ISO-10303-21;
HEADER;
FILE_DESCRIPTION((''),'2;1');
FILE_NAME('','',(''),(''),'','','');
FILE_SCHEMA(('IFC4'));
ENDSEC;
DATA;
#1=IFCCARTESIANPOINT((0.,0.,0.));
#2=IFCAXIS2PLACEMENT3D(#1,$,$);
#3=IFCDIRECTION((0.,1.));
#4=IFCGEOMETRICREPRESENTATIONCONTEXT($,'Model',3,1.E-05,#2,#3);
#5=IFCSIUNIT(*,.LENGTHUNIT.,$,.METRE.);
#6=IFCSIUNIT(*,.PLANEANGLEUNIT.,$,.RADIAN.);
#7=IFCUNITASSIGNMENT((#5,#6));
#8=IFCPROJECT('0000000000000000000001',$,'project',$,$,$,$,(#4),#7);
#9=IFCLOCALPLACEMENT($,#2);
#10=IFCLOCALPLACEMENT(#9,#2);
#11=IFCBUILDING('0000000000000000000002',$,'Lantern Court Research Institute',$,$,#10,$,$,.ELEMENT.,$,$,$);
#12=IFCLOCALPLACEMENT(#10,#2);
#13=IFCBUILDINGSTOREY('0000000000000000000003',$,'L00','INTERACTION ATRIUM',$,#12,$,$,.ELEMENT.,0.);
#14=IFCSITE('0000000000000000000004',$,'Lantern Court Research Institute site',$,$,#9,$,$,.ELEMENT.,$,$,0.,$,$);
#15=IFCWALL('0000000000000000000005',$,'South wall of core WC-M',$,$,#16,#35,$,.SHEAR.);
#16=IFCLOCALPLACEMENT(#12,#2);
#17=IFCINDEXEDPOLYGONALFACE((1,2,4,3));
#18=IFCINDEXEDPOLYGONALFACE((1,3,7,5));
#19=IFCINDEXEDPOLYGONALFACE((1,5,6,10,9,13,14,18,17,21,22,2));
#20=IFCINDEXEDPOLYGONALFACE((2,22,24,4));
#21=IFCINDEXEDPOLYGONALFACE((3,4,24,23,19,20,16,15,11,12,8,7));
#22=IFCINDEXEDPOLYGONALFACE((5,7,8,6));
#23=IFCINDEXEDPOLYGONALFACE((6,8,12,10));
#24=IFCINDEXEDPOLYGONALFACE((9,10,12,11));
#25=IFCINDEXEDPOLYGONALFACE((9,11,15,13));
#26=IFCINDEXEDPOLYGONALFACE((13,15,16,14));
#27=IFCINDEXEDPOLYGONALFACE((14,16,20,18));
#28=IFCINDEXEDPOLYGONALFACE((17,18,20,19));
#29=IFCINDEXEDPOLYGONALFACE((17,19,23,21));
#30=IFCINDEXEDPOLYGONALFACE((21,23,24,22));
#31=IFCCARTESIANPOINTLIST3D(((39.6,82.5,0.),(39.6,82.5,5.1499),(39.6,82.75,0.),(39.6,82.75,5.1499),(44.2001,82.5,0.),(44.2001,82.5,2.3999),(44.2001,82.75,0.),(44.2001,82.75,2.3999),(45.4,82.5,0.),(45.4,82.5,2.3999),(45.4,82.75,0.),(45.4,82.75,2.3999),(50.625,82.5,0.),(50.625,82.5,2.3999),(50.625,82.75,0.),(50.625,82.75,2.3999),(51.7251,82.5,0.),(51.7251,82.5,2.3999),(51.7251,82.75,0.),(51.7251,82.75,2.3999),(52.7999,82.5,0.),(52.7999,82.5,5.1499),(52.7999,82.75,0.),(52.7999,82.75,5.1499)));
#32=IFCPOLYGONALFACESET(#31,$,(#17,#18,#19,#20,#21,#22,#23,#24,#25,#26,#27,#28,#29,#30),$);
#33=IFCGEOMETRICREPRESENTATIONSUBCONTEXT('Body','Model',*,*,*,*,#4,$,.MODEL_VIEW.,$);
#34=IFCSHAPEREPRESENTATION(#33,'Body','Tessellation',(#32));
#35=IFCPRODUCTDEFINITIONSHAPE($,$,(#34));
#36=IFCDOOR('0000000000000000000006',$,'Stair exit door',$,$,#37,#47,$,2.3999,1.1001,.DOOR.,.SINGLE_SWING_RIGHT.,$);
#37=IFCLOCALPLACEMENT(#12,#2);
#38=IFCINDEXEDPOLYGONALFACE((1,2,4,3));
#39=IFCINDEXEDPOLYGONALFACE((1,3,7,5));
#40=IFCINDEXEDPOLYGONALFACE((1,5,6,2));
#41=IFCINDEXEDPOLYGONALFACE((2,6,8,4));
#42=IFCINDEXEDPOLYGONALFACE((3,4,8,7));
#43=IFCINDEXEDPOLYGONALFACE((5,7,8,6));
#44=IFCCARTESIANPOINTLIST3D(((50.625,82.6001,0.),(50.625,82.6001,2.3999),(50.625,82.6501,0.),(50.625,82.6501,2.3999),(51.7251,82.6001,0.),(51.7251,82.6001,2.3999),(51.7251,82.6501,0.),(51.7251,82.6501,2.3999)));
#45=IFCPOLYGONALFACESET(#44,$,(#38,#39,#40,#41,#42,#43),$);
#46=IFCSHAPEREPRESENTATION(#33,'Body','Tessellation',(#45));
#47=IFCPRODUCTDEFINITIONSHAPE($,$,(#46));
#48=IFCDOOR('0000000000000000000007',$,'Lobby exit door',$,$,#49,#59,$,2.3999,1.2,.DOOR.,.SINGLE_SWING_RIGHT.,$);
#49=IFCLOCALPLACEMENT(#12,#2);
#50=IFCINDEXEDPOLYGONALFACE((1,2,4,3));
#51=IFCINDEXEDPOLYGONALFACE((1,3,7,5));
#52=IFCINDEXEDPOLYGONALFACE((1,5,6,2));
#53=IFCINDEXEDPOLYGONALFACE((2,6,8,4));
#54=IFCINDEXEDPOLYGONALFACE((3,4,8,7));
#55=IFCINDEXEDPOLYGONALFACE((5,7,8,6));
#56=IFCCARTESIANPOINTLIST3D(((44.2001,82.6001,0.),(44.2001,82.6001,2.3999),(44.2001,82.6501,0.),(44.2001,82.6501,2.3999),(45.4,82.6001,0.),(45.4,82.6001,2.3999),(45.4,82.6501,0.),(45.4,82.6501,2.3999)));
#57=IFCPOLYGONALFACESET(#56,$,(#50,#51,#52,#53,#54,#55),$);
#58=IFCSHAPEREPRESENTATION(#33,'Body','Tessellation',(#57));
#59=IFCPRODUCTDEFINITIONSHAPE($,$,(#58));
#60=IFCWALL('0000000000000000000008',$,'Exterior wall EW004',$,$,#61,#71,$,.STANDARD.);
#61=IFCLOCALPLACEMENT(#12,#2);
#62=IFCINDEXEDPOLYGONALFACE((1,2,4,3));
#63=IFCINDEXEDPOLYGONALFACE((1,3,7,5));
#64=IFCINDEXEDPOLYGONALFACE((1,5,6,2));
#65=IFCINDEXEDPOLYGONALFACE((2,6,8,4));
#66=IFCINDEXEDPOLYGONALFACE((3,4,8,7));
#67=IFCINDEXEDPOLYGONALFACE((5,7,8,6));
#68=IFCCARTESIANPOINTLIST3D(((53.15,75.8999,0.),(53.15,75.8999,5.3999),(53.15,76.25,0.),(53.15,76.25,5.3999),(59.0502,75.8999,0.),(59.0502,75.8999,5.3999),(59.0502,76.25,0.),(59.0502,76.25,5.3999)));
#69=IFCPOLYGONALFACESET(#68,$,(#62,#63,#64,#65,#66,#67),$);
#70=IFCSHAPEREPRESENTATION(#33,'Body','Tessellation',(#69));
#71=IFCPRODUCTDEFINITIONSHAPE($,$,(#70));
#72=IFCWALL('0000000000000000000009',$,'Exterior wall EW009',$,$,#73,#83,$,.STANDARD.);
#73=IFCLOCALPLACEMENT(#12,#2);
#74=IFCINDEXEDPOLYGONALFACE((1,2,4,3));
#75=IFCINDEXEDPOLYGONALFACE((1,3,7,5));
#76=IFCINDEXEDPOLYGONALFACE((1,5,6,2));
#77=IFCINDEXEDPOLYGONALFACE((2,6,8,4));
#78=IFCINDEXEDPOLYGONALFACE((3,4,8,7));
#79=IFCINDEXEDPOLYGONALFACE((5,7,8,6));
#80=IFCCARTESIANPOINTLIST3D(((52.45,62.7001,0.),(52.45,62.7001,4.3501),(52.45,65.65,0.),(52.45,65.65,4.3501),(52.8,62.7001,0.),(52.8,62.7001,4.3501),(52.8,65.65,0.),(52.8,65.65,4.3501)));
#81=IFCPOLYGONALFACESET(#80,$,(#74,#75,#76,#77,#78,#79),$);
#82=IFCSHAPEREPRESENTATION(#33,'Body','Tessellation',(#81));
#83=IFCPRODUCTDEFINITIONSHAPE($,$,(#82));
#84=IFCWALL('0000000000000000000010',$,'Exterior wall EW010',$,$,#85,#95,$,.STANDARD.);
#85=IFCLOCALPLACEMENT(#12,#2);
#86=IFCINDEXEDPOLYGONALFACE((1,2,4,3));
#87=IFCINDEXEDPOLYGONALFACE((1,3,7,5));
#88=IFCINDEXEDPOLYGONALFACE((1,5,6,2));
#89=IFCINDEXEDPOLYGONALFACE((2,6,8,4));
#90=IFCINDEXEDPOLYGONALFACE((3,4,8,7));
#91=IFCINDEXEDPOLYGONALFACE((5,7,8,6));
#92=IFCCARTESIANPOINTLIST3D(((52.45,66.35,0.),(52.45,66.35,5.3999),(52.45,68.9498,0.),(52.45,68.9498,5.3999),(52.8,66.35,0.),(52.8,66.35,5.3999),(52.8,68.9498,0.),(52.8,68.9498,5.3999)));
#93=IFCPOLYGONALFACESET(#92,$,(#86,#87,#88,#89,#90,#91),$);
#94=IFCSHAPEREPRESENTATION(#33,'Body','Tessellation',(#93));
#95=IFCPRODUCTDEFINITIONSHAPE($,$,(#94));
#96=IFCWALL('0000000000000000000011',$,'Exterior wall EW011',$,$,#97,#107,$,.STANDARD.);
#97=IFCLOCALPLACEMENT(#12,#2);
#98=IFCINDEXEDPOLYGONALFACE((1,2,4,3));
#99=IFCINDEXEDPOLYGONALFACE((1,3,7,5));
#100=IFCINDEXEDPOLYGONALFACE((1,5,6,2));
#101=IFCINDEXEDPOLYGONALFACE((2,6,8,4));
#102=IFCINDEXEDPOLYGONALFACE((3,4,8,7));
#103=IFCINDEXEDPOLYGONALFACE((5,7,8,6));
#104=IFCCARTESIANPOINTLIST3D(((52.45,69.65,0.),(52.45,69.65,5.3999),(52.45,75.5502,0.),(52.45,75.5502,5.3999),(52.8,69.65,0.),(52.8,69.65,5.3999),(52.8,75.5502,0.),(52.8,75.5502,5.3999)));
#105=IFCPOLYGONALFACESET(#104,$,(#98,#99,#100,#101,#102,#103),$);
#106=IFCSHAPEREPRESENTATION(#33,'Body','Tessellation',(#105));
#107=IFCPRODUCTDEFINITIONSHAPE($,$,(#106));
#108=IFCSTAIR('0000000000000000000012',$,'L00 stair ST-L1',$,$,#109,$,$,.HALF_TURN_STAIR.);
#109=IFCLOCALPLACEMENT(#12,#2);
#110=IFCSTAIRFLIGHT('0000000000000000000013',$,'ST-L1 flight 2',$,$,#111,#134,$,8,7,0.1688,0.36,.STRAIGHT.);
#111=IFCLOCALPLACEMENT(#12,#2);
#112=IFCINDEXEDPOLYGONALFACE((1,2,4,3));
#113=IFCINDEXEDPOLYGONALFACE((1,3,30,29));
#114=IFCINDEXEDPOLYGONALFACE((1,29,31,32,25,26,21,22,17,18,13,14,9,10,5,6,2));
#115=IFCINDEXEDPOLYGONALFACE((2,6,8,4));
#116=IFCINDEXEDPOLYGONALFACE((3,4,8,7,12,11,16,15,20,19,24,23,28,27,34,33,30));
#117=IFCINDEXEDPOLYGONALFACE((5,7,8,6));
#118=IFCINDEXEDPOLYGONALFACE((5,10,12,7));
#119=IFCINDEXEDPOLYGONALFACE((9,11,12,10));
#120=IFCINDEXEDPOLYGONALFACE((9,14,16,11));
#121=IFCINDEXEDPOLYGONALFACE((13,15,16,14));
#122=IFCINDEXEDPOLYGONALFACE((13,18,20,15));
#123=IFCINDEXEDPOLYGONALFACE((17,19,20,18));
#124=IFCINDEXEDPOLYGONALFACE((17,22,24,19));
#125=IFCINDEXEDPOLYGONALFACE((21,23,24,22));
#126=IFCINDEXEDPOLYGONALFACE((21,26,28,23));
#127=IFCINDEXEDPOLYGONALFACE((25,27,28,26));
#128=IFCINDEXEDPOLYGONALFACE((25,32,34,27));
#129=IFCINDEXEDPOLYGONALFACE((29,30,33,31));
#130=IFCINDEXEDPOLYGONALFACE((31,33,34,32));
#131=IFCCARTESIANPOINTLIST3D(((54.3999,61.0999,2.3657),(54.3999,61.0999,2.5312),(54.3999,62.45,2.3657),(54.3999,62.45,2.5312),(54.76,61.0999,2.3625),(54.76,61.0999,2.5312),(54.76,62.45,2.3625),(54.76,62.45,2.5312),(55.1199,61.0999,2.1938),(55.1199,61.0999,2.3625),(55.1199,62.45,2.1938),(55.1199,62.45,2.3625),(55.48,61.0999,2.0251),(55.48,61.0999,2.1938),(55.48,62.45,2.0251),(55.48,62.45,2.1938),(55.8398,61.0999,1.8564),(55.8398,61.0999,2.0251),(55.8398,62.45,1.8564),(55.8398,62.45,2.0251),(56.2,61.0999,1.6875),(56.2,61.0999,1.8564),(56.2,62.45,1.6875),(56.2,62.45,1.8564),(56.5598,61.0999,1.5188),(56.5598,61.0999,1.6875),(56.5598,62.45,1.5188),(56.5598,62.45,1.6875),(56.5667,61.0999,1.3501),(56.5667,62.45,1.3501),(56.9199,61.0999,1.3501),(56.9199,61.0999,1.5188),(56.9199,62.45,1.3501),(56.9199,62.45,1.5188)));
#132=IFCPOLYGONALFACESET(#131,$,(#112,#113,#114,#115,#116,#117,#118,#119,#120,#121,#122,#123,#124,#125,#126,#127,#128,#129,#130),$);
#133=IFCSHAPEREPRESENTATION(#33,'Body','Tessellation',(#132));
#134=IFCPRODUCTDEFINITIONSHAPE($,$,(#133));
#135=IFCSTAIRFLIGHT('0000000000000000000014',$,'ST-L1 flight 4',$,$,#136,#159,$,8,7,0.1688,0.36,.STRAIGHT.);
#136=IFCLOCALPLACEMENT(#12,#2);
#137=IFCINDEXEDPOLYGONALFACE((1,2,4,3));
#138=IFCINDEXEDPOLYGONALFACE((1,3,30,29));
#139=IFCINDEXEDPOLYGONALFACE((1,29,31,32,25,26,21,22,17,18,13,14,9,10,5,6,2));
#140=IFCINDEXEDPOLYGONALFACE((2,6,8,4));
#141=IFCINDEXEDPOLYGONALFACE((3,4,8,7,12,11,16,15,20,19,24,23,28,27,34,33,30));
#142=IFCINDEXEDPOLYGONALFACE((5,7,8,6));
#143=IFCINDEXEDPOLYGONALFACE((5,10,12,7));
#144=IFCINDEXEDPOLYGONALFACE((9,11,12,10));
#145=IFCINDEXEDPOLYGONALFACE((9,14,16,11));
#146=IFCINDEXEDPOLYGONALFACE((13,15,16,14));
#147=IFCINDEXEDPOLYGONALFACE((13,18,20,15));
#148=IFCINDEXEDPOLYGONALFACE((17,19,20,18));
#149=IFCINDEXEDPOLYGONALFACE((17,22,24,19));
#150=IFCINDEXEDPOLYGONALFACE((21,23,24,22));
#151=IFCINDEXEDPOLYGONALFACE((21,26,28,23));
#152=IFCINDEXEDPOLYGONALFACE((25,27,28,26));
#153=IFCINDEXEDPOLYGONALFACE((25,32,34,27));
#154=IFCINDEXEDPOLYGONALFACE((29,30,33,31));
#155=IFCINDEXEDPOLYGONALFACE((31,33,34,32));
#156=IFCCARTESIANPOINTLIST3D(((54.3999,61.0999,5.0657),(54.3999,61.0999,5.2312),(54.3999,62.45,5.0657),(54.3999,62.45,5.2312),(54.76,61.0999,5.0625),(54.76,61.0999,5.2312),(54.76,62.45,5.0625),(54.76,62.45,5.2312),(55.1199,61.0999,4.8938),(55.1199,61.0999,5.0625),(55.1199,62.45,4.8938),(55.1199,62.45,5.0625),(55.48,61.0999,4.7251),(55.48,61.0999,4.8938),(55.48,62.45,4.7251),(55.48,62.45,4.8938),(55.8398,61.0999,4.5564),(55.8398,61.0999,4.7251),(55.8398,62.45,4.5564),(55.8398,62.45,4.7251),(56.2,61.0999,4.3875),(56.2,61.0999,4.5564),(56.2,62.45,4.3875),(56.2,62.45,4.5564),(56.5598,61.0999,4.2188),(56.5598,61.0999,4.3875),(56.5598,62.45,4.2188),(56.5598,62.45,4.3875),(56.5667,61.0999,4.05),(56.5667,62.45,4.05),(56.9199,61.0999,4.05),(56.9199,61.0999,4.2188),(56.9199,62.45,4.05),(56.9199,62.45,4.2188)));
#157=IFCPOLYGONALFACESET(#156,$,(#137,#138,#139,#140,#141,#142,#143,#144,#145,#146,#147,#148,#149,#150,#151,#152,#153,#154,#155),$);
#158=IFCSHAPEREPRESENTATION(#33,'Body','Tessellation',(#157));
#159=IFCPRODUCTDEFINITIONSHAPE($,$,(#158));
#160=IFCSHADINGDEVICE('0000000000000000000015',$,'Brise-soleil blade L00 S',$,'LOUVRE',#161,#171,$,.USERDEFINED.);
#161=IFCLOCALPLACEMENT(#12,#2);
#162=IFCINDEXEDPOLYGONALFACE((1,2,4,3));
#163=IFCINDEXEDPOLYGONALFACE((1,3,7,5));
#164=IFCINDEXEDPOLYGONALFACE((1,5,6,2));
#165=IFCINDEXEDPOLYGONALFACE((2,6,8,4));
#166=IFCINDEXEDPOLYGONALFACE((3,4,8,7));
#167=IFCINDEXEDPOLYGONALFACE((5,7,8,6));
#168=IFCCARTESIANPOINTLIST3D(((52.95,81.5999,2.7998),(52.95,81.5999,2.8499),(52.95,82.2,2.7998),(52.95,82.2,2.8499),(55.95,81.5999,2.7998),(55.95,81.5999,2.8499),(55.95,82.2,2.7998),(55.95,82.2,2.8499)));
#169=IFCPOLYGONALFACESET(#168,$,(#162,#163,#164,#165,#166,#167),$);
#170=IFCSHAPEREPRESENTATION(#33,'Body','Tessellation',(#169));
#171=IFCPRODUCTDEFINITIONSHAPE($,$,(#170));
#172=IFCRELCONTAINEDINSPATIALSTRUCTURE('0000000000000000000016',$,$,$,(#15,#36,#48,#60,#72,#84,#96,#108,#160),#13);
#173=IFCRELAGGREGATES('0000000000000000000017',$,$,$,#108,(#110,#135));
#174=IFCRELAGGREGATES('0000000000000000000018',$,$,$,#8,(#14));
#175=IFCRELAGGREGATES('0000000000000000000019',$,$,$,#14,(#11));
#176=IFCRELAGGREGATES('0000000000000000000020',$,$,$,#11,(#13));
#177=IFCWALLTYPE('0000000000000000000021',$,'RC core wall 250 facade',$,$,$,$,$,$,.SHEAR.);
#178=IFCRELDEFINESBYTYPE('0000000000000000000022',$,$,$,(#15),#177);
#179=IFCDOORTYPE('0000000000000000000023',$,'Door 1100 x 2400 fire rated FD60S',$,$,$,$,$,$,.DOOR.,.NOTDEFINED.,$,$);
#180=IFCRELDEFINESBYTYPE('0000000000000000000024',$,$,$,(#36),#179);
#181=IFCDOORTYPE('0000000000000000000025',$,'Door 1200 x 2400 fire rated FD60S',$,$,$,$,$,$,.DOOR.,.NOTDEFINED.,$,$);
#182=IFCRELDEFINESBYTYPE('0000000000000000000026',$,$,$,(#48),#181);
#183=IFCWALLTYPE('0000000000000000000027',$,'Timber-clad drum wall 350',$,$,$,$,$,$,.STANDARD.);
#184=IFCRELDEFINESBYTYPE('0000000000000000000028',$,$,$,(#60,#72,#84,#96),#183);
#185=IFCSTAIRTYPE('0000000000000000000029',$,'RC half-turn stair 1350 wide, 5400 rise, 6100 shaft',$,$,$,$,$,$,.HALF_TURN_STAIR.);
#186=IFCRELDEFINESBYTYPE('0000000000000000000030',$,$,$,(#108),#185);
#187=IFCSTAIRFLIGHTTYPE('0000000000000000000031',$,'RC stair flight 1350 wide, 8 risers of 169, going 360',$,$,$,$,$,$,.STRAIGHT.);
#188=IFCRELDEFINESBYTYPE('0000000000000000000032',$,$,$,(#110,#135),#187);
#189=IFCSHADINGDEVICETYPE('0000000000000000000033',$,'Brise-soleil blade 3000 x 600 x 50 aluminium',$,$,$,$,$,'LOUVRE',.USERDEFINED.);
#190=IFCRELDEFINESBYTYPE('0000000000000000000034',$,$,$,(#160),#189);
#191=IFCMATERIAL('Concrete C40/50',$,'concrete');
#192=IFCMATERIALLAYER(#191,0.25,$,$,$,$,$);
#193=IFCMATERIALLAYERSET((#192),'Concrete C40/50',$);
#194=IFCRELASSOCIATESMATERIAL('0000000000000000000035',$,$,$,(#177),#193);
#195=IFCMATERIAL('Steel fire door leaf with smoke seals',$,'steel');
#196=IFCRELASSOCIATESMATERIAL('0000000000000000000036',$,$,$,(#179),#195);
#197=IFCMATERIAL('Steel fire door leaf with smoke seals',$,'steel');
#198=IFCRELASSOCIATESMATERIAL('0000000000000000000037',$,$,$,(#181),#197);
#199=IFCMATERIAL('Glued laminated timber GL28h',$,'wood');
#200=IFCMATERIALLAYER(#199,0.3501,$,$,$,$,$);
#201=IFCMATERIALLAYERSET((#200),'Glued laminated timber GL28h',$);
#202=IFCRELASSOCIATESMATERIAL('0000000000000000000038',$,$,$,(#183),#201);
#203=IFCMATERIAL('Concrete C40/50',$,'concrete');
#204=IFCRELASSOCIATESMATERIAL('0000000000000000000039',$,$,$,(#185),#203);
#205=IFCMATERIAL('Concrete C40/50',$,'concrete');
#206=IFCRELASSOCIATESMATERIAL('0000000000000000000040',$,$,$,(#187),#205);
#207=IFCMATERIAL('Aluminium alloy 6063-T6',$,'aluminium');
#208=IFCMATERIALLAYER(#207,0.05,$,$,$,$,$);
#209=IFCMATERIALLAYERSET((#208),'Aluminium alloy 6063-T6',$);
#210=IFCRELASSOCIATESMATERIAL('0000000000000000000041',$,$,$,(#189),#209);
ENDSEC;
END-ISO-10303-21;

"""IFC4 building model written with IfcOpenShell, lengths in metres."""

from ifc_helpers import new_model, si_unit, direction, frame, frame_2d, origin, origin_2d, place, context, subcontext, project, spatial, polyline, rectangle, outline, extrude, material, layer, layer_set, type_object, element, fill, aggregate, save


model = new_model("IFC4")

# Units and contexts
model_context = context("Model", 3, precision=1e-05, world=origin(), true_north=direction((0.0, 1.0)))
body_context = subcontext(model_context, "Body", "Model", "MODEL_VIEW")
ifc_project = project(units=[si_unit("LENGTHUNIT", "METRE"), si_unit("PLANEANGLEUNIT", "RADIAN")], contexts=[model_context])

# Site, building, storey
site_placement = place(None, origin())
site = spatial("IfcSite", under=ifc_project, at=site_placement, Name="Lantern Court Research Institute site", CompositionType="ELEMENT", RefElevation=0.0)
building_placement = place(site_placement, origin())
building = spatial("IfcBuilding", under=site, at=building_placement, Name="Lantern Court Research Institute", CompositionType="ELEMENT")
storey_placement = place(building_placement, origin())
storey = spatial("IfcBuildingStorey", under=building, at=storey_placement, Name="L00", Description="INTERACTION ATRIUM", CompositionType="ELEMENT", Elevation=0.0)

# Wall, openings, doors
ifc_material_1 = material(Name="Concrete C40/50", Category="concrete")
ifc_layer_1 = layer(ifc_material_1, 0.25)
ifc_layer_set_1 = layer_set([ifc_layer_1], Name="Concrete C40/50")
wall_type_1 = type_object("IfcWallType", Name="RC core wall 250 facade", PredefinedType="SHEAR", material=ifc_layer_set_1)
wall_1_placement = place(storey_placement, frame((52.8, 82.625, 0.0), z_axis=(0.0, 0.0, 1.0), x_axis=(-1.0, 0.0, 0.0)))
wall_1 = element("IfcWall", 1, at=wall_1_placement, inside=storey, type_object=wall_type_1, Name="South wall of core WC-M", PredefinedType="SHEAR", context=body_context, shape_type="SweptSolid", body=[
    extrude(rectangle(XDim=13.2, YDim=0.25, at=frame_2d((6.6001, 0.0))), origin(), (0.0, 0.0, 1.0), 5.1499),
])
opening_1_placement = place(wall_1_placement, frame((7.3999, 0.0, 0.0)))
opening_1 = element("IfcOpeningElement", 2, at=opening_1_placement, cuts=wall_1, PredefinedType="OPENING", context=body_context, shape_type="SweptSolid", body=[
    extrude(rectangle(XDim=1.2, YDim=2.3999, at=frame_2d((0.6001, 1.2))), frame((0.0, 0.135, 0.0), z_axis=(0.0, -1.0, 0.0), x_axis=(1.0, 0.0, 0.0)), (0.0, 0.0, 1.0), 0.27),
])
opening_2_placement = place(wall_1_placement, frame((1.075, 0.0, 0.0)))
opening_2 = element("IfcOpeningElement", 3, at=opening_2_placement, cuts=wall_1, PredefinedType="OPENING", context=body_context, shape_type="SweptSolid", body=[
    extrude(rectangle(XDim=1.1001, YDim=2.3999, at=frame_2d((0.55, 1.2))), frame((0.0, 0.135, 0.0), z_axis=(0.0, -1.0, 0.0), x_axis=(1.0, 0.0, 0.0)), (0.0, 0.0, 1.0), 0.27),
])
ifc_material_2 = material(Name="Steel fire door leaf with smoke seals", Category="steel")
door_type_1 = type_object("IfcDoorType", Name="Door 1100 x 2400 fire rated FD60S", OperationType="NOTDEFINED", PredefinedType="DOOR", material=ifc_material_2)
door_1_placement = place(opening_2_placement, origin())
door_1 = element("IfcDoor", 4, at=door_1_placement, inside=storey, type_object=door_type_1, Name="Stair exit door", OperationType="SINGLE_SWING_RIGHT", OverallHeight=2.3999, OverallWidth=1.1001, PredefinedType="DOOR", context=body_context, shape_type="SweptSolid", body=[
    extrude(rectangle(XDim=1.1001, YDim=2.3999, at=frame_2d((0.55, 1.2))), frame((0.0, 0.0249, 0.0), z_axis=(0.0, -1.0, 0.0), x_axis=(1.0, 0.0, 0.0)), (0.0, 0.0, 1.0), 0.05),
])
fill(opening_2, door_1)
ifc_material_3 = material(Name="Steel fire door leaf with smoke seals", Category="steel")
door_type_2 = type_object("IfcDoorType", Name="Door 1200 x 2400 fire rated FD60S", OperationType="NOTDEFINED", PredefinedType="DOOR", material=ifc_material_3)
door_2_placement = place(opening_1_placement, origin())
door_2 = element("IfcDoor", 5, at=door_2_placement, inside=storey, type_object=door_type_2, Name="Lobby exit door", OperationType="SINGLE_SWING_RIGHT", OverallHeight=2.3999, OverallWidth=1.2, PredefinedType="DOOR", context=body_context, shape_type="SweptSolid", body=[
    extrude(rectangle(XDim=1.2, YDim=2.3999, at=frame_2d((0.6001, 1.2))), frame((0.0, 0.0249, 0.0), z_axis=(0.0, -1.0, 0.0), x_axis=(1.0, 0.0, 0.0)), (0.0, 0.0, 1.0), 0.05),
])
fill(opening_1, door_2)

# Walls
ifc_material_4 = material(Name="Glued laminated timber GL28h", Category="wood")
ifc_layer_2 = layer(ifc_material_4, 0.3501)
ifc_layer_set_2 = layer_set([ifc_layer_2], Name="Glued laminated timber GL28h")
wall_type_2 = type_object("IfcWallType", Name="Timber-clad drum wall 350", PredefinedType="STANDARD", material=ifc_layer_set_2)
wall_2_placement = place(storey_placement, frame((53.1499, 76.075, 0.0), z_axis=(0.0, 0.0, 1.0), x_axis=(1.0, 0.0, 0.0)))
element("IfcWall", 6, at=wall_2_placement, inside=storey, type_object=wall_type_2, Name="Exterior wall EW004", PredefinedType="STANDARD", context=body_context, shape_type="SweptSolid", body=[
    extrude(rectangle(XDim=5.9001, YDim=0.3501, at=frame_2d((2.9502, 0.0))), origin(), (0.0, 0.0, 1.0), 5.3999),
])
wall_3_placement = place(storey_placement, frame((52.625, 62.7, 0.0), z_axis=(0.0, 0.0, 1.0), x_axis=(0.0, 1.0, 0.0)))
element("IfcWall", 7, at=wall_3_placement, inside=storey, type_object=wall_type_2, Name="Exterior wall EW009", PredefinedType="STANDARD", context=body_context, shape_type="SweptSolid", body=[
    extrude(rectangle(XDim=2.95, YDim=0.3501, at=frame_2d((1.4751, 0.0))), origin(), (0.0, 0.0, 1.0), 4.3501),
])
wall_4_placement = place(storey_placement, frame((52.625, 66.3501, 0.0), z_axis=(0.0, 0.0, 1.0), x_axis=(0.0, 1.0, 0.0)))
element("IfcWall", 8, at=wall_4_placement, inside=storey, type_object=wall_type_2, Name="Exterior wall EW010", PredefinedType="STANDARD", context=body_context, shape_type="SweptSolid", body=[
    extrude(rectangle(XDim=2.5999, YDim=0.3501, at=frame_2d((1.2998, 0.0))), origin(), (0.0, 0.0, 1.0), 5.3999),
])
wall_5_placement = place(storey_placement, frame((52.625, 69.6499, 0.0), z_axis=(0.0, 0.0, 1.0), x_axis=(0.0, 1.0, 0.0)))
element("IfcWall", 9, at=wall_5_placement, inside=storey, type_object=wall_type_2, Name="Exterior wall EW011", PredefinedType="STANDARD", context=body_context, shape_type="SweptSolid", body=[
    extrude(rectangle(XDim=5.9001, YDim=0.3501, at=frame_2d((2.9502, 0.0))), origin(), (0.0, 0.0, 1.0), 5.3999),
])

# Stair, stair flights
ifc_material_5 = material(Name="Concrete C40/50", Category="concrete")
stair_type = type_object("IfcStairType", Name="RC half-turn stair 1350 wide, 5400 rise, 6100 shaft", PredefinedType="HALF_TURN_STAIR", material=ifc_material_5)
stair_placement = place(storey_placement, origin())
stair = element("IfcStair", 10, at=stair_placement, inside=storey, type_object=stair_type, Name="L00 stair ST-L1", PredefinedType="HALF_TURN_STAIR")
ifc_material_6 = material(Name="Concrete C40/50", Category="concrete")
stair_flight_type = type_object("IfcStairFlightType", Name="RC stair flight 1350 wide, 8 risers of 169, going 360", PredefinedType="STRAIGHT", material=ifc_material_6)
stair_flight_1_placement = place(storey_placement, frame((56.9199, 61.7749, 1.3501), z_axis=(0.0, 0.0, 1.0), x_axis=(-1.0, 0.0, 0.0)))
stair_flight_1 = element("IfcStairFlight", 11, at=stair_flight_1_placement, type_object=stair_flight_type, Name="ST-L1 flight 2", NumberOfRisers=8, NumberOfTreads=7, PredefinedType="STRAIGHT", RiserHeight=0.1688, TreadLength=0.36, context=body_context, shape_type="SweptSolid", body=[
    extrude(outline(polyline([(0.0, 0.0), (0.0, 0.1687), (0.3601, 0.1687), (0.3601, 0.3374), (0.72, 0.3374), (0.72, 0.5063), (1.0801, 0.5063), (1.0801, 0.675), (1.4399, 0.675), (1.4399, 0.8438), (1.8, 0.8438), (1.8, 1.0125), (2.1599, 1.0125), (2.1599, 1.1812), (2.52, 1.1812), (2.52, 1.3501), (2.52, 1.0156), (0.3533, 0.0), (0.0, 0.0)])), frame((0.0, 0.675, 0.0), z_axis=(0.0, -1.0, 0.0), x_axis=(1.0, 0.0, 0.0)), (0.0, 0.0, 1.0), 1.3501),
])
stair_flight_2_placement = place(storey_placement, frame((56.9199, 61.7749, 4.05), z_axis=(0.0, 0.0, 1.0), x_axis=(-1.0, 0.0, 0.0)))
stair_flight_2 = element("IfcStairFlight", 12, at=stair_flight_2_placement, type_object=stair_flight_type, Name="ST-L1 flight 4", NumberOfRisers=8, NumberOfTreads=7, PredefinedType="STRAIGHT", RiserHeight=0.1688, TreadLength=0.36, context=body_context, shape_type="SweptSolid", body=[
    extrude(outline(polyline([(0.0, 0.0), (0.0, 0.1687), (0.3601, 0.1687), (0.3601, 0.3374), (0.72, 0.3374), (0.72, 0.5063), (1.0801, 0.5063), (1.0801, 0.675), (1.4399, 0.675), (1.4399, 0.8438), (1.8, 0.8438), (1.8, 1.0125), (2.1599, 1.0125), (2.1599, 1.1812), (2.52, 1.1812), (2.52, 1.3501), (2.52, 1.0156), (0.3533, 0.0), (0.0, 0.0)])), frame((0.0, 0.675, 0.0), z_axis=(0.0, -1.0, 0.0), x_axis=(1.0, 0.0, 0.0)), (0.0, 0.0, 1.0), 1.3501),
])
aggregate(stair, [stair_flight_1, stair_flight_2])

# Shading device
ifc_material_7 = material(Name="Aluminium alloy 6063-T6", Category="aluminium")
ifc_layer_3 = layer(ifc_material_7, 0.05)
ifc_layer_set_3 = layer_set([ifc_layer_3], Name="Aluminium alloy 6063-T6")
shading_device_type = type_object("IfcShadingDeviceType", Name="Brise-soleil blade 3000 x 600 x 50 aluminium", ElementType="LOUVRE", PredefinedType="USERDEFINED", material=ifc_layer_set_3)
shading_device_placement = place(storey_placement, frame((54.45, 81.8999, 2.7998), z_axis=(0.0, 0.0, 1.0), x_axis=(-1.0, 0.0, 0.0)))
element("IfcShadingDevice", 13, at=shading_device_placement, inside=storey, type_object=shading_device_type, Name="Brise-soleil blade L00 S", ObjectType="LOUVRE", PredefinedType="USERDEFINED", context=body_context, shape_type="SweptSolid", body=[
    extrude(rectangle(XDim=3.0, YDim=0.6001, at=origin_2d()), origin(), (0.0, 0.0, 1.0), 0.05),
])

save(model, "model.ifc")
